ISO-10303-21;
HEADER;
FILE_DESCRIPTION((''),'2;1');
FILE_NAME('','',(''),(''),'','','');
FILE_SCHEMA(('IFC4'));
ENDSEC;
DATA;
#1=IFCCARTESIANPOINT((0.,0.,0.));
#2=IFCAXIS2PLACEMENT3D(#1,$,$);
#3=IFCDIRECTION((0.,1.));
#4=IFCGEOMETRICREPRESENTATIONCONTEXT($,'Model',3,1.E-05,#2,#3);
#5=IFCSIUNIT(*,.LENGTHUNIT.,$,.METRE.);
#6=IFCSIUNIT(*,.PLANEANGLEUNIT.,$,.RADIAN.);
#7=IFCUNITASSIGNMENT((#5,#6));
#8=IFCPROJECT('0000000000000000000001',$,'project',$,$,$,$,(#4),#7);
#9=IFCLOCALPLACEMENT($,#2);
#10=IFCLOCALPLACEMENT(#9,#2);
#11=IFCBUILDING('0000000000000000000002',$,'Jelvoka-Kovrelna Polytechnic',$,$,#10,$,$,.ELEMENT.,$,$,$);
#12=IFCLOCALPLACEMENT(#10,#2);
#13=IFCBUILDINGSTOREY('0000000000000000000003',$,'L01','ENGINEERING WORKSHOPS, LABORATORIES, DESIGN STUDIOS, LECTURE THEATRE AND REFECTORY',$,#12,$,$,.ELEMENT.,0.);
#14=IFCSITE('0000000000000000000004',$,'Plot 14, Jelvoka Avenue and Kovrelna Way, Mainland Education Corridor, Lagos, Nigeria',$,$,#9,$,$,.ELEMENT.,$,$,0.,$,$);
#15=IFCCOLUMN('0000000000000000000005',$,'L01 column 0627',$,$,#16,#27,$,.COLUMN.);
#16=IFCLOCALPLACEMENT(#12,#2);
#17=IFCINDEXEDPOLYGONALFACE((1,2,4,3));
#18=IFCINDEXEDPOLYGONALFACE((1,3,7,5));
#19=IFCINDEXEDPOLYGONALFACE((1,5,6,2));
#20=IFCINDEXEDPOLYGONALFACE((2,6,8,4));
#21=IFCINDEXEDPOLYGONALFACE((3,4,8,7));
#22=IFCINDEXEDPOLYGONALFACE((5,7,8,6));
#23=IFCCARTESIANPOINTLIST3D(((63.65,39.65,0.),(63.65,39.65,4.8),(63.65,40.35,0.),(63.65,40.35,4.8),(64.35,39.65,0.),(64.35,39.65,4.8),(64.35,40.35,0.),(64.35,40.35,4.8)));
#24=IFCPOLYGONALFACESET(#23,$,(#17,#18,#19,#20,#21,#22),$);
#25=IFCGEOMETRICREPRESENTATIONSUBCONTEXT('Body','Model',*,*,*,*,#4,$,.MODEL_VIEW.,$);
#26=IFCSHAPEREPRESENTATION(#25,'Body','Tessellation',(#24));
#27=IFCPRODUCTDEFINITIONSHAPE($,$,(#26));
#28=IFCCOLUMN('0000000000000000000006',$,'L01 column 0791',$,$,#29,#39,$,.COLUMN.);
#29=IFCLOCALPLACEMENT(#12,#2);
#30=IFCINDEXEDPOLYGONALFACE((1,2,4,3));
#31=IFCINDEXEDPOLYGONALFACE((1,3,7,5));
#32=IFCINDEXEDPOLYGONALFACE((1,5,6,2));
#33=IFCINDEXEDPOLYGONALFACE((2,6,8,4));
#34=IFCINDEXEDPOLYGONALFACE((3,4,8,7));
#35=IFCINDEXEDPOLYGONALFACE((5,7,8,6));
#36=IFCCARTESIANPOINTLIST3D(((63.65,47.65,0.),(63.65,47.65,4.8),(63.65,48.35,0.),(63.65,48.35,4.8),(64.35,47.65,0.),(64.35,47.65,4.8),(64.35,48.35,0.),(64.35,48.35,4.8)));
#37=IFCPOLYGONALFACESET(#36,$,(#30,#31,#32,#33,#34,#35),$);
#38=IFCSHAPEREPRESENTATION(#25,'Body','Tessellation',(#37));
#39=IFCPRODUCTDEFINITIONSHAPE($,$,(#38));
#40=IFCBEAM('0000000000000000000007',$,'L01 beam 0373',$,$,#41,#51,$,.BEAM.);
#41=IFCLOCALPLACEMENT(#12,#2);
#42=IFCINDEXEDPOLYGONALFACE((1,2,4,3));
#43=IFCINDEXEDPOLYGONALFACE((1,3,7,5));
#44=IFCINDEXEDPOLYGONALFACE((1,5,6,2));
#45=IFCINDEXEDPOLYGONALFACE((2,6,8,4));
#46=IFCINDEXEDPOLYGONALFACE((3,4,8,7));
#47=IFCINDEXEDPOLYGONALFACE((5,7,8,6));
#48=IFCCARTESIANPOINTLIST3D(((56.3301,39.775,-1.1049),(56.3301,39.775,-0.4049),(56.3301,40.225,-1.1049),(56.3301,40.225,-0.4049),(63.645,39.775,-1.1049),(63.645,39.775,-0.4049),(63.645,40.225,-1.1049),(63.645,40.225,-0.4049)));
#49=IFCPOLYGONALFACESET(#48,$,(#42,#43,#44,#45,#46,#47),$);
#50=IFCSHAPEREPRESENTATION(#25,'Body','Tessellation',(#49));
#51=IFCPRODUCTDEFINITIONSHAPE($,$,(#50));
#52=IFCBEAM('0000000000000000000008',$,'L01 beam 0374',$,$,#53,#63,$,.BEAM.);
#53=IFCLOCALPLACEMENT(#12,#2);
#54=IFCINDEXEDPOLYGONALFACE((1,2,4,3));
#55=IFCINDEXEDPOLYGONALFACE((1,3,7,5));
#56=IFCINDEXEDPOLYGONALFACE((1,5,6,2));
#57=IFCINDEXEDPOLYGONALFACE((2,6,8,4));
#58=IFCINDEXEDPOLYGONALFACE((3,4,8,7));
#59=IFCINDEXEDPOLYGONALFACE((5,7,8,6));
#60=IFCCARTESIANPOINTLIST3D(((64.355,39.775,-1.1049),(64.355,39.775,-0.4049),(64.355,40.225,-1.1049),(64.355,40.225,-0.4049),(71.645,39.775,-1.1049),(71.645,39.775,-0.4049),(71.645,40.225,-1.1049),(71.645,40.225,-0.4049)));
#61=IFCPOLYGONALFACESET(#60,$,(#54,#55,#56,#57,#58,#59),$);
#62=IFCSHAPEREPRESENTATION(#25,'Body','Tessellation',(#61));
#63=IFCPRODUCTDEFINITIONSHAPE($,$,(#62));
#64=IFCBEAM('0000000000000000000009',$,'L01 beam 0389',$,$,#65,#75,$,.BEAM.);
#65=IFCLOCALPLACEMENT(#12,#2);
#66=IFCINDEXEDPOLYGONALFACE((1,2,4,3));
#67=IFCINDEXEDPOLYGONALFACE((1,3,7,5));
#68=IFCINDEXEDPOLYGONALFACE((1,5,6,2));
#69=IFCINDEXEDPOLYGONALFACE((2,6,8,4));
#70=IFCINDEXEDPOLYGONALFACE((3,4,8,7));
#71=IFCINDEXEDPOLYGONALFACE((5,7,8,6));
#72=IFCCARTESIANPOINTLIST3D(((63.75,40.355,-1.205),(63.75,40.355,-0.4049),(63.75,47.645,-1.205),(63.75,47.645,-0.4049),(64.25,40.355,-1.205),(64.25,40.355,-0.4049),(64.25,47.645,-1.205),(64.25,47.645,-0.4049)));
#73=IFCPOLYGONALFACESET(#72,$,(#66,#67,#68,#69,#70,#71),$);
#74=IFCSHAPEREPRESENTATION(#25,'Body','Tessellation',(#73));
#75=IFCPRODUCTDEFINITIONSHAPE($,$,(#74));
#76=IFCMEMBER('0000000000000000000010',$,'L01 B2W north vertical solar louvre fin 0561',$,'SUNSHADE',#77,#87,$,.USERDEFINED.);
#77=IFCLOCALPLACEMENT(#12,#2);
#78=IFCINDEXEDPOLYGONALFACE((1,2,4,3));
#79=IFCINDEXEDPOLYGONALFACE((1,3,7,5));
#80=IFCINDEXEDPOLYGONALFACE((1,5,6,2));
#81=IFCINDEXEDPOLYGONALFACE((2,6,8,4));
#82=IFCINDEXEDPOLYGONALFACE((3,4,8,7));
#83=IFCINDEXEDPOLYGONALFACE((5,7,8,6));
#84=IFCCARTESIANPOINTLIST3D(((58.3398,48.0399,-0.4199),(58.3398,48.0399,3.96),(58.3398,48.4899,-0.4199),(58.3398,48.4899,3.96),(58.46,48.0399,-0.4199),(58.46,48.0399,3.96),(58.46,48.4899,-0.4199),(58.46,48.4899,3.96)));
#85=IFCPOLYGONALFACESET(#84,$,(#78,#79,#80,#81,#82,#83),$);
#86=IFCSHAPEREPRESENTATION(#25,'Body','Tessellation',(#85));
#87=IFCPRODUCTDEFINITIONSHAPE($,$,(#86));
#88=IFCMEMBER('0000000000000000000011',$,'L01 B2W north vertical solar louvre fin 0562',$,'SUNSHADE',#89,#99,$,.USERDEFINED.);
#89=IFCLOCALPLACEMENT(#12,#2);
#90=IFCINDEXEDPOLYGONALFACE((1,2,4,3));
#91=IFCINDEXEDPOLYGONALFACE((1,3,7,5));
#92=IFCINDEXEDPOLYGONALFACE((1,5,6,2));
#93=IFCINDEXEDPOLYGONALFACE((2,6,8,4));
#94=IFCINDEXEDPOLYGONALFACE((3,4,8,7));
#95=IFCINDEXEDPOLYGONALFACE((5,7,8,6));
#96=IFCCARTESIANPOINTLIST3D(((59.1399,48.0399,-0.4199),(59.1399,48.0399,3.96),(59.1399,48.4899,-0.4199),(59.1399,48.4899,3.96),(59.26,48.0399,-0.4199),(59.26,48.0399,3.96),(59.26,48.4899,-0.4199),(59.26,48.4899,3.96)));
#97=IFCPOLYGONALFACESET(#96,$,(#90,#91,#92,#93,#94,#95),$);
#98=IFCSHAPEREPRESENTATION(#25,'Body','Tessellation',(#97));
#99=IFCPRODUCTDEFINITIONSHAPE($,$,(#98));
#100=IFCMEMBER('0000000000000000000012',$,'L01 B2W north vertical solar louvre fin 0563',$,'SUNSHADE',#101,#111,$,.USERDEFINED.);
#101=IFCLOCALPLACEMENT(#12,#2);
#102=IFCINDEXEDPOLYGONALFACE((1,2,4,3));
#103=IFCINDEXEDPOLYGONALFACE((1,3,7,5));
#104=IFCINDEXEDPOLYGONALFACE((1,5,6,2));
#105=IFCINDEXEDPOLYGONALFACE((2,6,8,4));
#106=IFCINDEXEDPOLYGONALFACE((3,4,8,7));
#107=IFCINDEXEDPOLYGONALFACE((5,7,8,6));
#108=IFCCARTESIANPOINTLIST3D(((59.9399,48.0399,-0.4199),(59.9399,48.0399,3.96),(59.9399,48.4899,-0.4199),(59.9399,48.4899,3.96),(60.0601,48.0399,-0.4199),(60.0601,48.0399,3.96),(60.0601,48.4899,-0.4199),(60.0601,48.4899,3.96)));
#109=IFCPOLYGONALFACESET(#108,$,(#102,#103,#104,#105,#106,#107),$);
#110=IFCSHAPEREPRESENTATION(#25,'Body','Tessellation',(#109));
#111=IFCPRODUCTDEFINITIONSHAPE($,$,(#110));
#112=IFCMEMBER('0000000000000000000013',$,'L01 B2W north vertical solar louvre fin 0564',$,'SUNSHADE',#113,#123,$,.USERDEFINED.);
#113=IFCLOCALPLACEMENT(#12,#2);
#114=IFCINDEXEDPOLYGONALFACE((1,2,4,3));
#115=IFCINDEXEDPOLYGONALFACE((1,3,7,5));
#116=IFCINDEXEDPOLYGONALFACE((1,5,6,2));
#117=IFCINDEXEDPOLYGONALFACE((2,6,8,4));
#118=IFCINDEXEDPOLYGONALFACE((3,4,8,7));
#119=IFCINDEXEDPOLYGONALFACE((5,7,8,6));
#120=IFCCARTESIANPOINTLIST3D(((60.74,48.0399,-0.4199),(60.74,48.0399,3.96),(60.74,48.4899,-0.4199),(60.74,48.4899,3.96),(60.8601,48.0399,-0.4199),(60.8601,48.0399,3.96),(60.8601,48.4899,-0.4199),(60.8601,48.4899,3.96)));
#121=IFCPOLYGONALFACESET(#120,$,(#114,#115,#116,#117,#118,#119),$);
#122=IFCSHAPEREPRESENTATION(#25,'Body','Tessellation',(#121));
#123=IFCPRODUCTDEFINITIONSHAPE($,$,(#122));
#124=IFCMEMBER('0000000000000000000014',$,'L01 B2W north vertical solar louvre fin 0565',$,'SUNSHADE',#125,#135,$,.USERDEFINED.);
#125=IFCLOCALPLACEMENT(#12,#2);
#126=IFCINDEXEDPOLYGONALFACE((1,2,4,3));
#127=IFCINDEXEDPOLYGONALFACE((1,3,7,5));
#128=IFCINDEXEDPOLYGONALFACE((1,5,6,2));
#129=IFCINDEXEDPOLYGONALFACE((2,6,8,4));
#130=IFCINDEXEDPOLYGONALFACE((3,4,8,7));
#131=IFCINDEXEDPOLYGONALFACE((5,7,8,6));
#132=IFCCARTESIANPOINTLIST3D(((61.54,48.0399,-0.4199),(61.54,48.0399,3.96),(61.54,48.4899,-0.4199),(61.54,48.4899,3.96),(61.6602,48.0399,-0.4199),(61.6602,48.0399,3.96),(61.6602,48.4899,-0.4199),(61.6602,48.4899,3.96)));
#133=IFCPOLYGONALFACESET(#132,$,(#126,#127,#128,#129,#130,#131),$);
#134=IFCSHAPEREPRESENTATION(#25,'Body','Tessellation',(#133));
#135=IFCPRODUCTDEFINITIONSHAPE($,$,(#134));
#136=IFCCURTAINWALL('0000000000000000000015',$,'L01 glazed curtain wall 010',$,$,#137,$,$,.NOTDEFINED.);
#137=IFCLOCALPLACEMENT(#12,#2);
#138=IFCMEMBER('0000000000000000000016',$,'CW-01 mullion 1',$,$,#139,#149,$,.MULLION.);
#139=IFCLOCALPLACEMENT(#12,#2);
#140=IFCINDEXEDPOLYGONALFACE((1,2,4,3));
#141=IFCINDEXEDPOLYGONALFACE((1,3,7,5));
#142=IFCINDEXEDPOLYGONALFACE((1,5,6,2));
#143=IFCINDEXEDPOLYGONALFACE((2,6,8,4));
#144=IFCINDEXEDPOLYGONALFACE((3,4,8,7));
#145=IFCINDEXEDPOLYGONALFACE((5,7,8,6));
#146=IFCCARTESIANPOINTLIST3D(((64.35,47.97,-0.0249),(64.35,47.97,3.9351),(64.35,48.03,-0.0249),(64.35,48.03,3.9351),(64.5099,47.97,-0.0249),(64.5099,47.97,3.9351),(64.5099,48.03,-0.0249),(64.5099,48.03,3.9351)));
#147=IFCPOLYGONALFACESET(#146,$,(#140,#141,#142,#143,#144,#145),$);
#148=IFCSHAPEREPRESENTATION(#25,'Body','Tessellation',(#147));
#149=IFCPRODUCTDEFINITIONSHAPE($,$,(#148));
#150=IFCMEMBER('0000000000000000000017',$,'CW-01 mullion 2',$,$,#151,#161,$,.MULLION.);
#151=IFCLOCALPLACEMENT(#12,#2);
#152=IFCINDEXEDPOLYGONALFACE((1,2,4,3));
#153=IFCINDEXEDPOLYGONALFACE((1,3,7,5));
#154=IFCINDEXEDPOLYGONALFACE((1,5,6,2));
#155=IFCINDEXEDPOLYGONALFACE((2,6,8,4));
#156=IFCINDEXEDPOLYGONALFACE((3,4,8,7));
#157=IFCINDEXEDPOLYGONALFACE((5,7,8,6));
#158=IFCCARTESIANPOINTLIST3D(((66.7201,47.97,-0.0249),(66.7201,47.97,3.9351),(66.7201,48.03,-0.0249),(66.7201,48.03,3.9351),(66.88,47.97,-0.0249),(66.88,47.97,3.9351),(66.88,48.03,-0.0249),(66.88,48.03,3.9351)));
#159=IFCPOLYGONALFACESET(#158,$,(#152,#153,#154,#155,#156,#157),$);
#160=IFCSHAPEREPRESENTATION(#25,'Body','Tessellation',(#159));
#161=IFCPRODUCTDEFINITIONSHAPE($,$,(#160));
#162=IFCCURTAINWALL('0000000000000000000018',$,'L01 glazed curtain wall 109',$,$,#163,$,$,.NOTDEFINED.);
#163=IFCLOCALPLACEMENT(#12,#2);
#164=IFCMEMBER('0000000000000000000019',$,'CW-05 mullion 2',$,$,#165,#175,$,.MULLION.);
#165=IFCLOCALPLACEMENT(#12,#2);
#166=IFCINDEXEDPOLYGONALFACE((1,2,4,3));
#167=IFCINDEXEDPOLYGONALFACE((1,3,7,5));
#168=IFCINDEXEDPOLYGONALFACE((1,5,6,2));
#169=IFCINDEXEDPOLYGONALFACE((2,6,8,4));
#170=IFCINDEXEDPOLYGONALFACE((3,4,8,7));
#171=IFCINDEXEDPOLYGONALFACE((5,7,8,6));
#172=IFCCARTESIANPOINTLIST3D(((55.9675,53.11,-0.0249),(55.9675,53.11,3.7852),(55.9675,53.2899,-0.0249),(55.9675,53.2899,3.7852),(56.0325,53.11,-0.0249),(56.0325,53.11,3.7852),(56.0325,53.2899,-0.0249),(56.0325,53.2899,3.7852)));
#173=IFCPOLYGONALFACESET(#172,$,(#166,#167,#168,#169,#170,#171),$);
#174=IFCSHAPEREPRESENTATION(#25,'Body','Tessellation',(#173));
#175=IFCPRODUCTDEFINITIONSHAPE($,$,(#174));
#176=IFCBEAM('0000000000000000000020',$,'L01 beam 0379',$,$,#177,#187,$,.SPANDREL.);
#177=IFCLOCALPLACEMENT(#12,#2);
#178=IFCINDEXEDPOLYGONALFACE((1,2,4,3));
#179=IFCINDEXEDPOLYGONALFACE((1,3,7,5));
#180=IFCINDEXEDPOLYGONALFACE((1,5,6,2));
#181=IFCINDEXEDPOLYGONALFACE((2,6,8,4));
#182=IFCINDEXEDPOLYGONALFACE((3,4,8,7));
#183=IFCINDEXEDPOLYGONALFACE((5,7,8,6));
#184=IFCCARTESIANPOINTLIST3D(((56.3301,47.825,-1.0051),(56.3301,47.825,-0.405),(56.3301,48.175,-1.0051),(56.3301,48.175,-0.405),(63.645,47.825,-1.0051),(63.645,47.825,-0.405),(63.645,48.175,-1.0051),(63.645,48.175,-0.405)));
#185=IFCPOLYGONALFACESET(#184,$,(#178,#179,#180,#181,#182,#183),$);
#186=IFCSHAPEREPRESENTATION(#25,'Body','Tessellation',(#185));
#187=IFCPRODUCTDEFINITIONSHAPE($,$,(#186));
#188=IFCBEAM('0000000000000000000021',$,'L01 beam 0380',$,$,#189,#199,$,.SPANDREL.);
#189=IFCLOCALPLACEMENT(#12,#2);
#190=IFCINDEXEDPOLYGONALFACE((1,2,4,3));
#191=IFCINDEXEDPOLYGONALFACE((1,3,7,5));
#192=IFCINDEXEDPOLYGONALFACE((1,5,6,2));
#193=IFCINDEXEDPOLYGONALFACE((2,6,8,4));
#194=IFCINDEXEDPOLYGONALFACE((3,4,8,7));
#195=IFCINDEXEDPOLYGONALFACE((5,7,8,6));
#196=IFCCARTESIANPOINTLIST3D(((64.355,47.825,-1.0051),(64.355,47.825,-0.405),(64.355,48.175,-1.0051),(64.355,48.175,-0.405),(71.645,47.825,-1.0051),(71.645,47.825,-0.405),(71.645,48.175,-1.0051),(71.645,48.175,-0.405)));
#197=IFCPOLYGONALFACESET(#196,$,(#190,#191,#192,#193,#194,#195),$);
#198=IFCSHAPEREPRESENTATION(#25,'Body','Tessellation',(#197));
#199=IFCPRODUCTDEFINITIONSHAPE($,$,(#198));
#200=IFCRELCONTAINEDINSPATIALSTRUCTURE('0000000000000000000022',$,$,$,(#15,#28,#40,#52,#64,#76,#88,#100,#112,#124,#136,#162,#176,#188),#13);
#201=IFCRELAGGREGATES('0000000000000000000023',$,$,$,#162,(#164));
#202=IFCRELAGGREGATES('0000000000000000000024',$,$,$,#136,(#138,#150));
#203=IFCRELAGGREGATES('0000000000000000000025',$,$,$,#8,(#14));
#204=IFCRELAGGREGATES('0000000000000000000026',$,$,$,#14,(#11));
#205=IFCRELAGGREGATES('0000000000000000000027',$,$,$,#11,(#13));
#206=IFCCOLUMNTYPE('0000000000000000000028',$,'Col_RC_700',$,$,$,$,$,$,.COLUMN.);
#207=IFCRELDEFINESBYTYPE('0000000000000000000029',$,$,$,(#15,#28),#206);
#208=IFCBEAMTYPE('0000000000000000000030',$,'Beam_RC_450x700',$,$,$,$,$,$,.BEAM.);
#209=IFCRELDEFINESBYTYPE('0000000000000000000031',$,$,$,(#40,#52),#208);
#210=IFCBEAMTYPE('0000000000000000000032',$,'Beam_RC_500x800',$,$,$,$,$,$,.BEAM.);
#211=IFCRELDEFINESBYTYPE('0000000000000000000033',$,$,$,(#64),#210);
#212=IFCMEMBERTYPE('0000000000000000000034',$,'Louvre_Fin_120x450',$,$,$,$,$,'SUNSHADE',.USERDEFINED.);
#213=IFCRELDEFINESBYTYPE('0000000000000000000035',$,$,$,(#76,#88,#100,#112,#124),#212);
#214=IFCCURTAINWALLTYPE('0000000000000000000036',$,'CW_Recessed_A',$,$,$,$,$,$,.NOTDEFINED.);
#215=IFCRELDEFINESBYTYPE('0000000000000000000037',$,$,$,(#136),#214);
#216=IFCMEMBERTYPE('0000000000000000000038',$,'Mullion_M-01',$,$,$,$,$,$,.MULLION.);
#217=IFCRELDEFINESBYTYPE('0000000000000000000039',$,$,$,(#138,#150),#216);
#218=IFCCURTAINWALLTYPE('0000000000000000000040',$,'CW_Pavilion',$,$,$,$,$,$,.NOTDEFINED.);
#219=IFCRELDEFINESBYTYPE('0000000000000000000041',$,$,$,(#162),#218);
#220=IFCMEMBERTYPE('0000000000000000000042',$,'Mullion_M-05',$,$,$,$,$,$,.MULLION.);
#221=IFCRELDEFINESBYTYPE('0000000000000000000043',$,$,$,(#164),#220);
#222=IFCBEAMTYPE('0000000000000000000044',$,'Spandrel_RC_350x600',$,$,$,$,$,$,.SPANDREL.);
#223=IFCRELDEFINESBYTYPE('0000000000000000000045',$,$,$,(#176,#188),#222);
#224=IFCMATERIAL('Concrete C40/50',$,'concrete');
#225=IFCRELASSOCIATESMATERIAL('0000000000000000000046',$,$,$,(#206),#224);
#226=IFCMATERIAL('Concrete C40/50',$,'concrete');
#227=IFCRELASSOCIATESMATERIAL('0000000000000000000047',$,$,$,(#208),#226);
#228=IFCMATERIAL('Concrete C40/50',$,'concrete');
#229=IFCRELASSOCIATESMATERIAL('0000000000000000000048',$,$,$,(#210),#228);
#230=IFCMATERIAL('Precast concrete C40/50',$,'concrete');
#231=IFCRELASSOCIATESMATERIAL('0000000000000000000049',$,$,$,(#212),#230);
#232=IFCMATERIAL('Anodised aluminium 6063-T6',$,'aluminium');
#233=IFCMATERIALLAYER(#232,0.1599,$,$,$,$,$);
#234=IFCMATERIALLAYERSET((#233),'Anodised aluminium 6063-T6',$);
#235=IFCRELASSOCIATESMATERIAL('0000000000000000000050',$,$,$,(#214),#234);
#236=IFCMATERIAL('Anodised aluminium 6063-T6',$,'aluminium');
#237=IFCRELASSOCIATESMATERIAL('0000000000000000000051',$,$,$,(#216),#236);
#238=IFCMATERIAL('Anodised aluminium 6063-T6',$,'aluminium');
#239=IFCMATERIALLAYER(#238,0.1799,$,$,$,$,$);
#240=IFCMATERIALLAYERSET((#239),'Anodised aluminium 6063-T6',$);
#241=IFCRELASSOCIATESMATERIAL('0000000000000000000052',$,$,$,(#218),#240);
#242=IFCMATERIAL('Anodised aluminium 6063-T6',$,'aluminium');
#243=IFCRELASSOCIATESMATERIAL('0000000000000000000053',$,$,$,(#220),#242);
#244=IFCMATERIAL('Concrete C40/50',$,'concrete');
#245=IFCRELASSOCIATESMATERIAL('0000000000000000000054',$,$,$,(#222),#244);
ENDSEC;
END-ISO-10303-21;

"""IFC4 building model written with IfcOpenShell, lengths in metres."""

from ifc_helpers import new_model, si_unit, direction, frame, origin, origin_2d, place, context, subcontext, project, spatial, rectangle, extrude, material, layer, layer_set, material_profile, profile_set, type_object, element, aggregate, save


model = new_model("IFC4")

# Units and contexts
model_context = context("Model", 3, precision=1e-05, world=origin(), true_north=direction((0.0, 1.0)))
body_context = subcontext(model_context, "Body", "Model", "MODEL_VIEW")
ifc_project = project(units=[si_unit("LENGTHUNIT", "METRE"), si_unit("PLANEANGLEUNIT", "RADIAN")], contexts=[model_context])

# Site, building, storey
site_placement = place(None, origin())
site = spatial("IfcSite", under=ifc_project, at=site_placement, Name="Plot 14, Jelvoka Avenue and Kovrelna Way, Mainland Education Corridor, Lagos, Nigeria", CompositionType="ELEMENT", RefElevation=0.0)
building_placement = place(site_placement, origin())
building = spatial("IfcBuilding", under=site, at=building_placement, Name="Jelvoka-Kovrelna Polytechnic", CompositionType="ELEMENT")
storey_placement = place(building_placement, origin())
storey = spatial("IfcBuildingStorey", under=building, at=storey_placement, Name="L01", Description="ENGINEERING WORKSHOPS, LABORATORIES, DESIGN STUDIOS, LECTURE THEATRE AND REFECTORY", CompositionType="ELEMENT", Elevation=0.0)

# Columns
ifc_material_1 = material(Name="Concrete C40/50", Category="concrete")
ifc_material_profile_1 = material_profile(ifc_material_1, rectangle(XDim=0.7, YDim=0.7, at=origin_2d()), Name="RC 700x700")
ifc_profile_set_1 = profile_set([ifc_material_profile_1], Name="Concrete C40/50")
column_type = type_object("IfcColumnType", Name="Col_RC_700", PredefinedType="COLUMN", material=ifc_profile_set_1)
for number, where, z_axis, x_axis, name in (
    (1, (64.0, 40.0, 0.0), (0.0, 0.0, 1.0), (1.0, 0.0, 0.0), "L01 column 0627"),
    (2, (64.0, 48.0, 0.0), (0.0, 0.0, 1.0), (1.0, 0.0, 0.0), "L01 column 0791"),
):
    element("IfcColumn", number, at=place(storey_placement, frame(where, z_axis=z_axis, x_axis=x_axis)), inside=storey, type_object=column_type, Name=name, PredefinedType="COLUMN", context=body_context, shape_type="SweptSolid", body=[
        extrude(rectangle(XDim=0.7, YDim=0.7, at=origin_2d()), origin(), (0.0, 0.0, 1.0), 4.8),
    ])

# Beams
ifc_material_2 = material(Name="Concrete C40/50", Category="concrete")
ifc_material_profile_2 = material_profile(ifc_material_2, rectangle(XDim=0.45, YDim=0.7, at=origin_2d()), Name="RC 450x700")
ifc_profile_set_2 = profile_set([ifc_material_profile_2], Name="Concrete C40/50")
beam_type_1 = type_object("IfcBeamType", Name="Beam_RC_450x700", PredefinedType="BEAM", material=ifc_profile_set_2)
beam_1_placement = place(storey_placement, frame((56.3301, 40.0, -0.7549), z_axis=(1.0, 0.0, 0.0), x_axis=(0.0, 1.0, 0.0)))
element("IfcBeam", 3, at=beam_1_placement, inside=storey, type_object=beam_type_1, Name="L01 beam 0373", PredefinedType="BEAM", context=body_context, shape_type="SweptSolid", body=[
    extrude(rectangle(XDim=0.45, YDim=0.7, at=origin_2d()), origin(), (0.0, 0.0, 1.0), 7.3149),
])
beam_2_placement = place(storey_placement, frame((64.355, 40.0, -0.7549), z_axis=(1.0, 0.0, 0.0), x_axis=(0.0, 1.0, 0.0)))
element("IfcBeam", 4, at=beam_2_placement, inside=storey, type_object=beam_type_1, Name="L01 beam 0374", PredefinedType="BEAM", context=body_context, shape_type="SweptSolid", body=[
    extrude(rectangle(XDim=0.45, YDim=0.7, at=origin_2d()), origin(), (0.0, 0.0, 1.0), 7.29),
])
ifc_material_3 = material(Name="Concrete C40/50", Category="concrete")
ifc_material_profile_3 = material_profile(ifc_material_3, rectangle(XDim=0.5, YDim=0.8, at=origin_2d()), Name="RC 500x800")
ifc_profile_set_3 = profile_set([ifc_material_profile_3], Name="Concrete C40/50")
beam_type_2 = type_object("IfcBeamType", Name="Beam_RC_500x800", PredefinedType="BEAM", material=ifc_profile_set_3)
beam_3_placement = place(storey_placement, frame((64.0, 40.355, -0.8049), z_axis=(0.0, 1.0, 0.0), x_axis=(-1.0, 0.0, 0.0)))
element("IfcBeam", 5, at=beam_3_placement, inside=storey, type_object=beam_type_2, Name="L01 beam 0389", PredefinedType="BEAM", context=body_context, shape_type="SweptSolid", body=[
    extrude(rectangle(XDim=0.5, YDim=0.8, at=origin_2d()), origin(), (0.0, 0.0, 1.0), 7.29),
])

# Members
ifc_material_4 = material(Name="Precast concrete C40/50", Category="concrete")
ifc_material_profile_4 = material_profile(ifc_material_4, rectangle(XDim=0.1201, YDim=0.45, at=origin_2d()), Name="PC 120x450")
ifc_profile_set_4 = profile_set([ifc_material_profile_4], Name="Precast concrete C40/50")
member_type_1 = type_object("IfcMemberType", Name="Louvre_Fin_120x450", ElementType="SUNSHADE", PredefinedType="USERDEFINED", material=ifc_profile_set_4)
for number, where, z_axis, x_axis, name in (
    (6, (58.3999, 48.2649, -0.4199), (0.0, 0.0, 1.0), (1.0, 0.0, 0.0), "L01 B2W north vertical solar louvre fin 0561"),
    (7, (59.2, 48.2649, -0.4199), (0.0, 0.0, 1.0), (1.0, 0.0, 0.0), "L01 B2W north vertical solar louvre fin 0562"),
    (8, (60.0, 48.2649, -0.4199), (0.0, 0.0, 1.0), (1.0, 0.0, 0.0), "L01 B2W north vertical solar louvre fin 0563"),
    (9, (60.8, 48.2649, -0.4199), (0.0, 0.0, 1.0), (1.0, 0.0, 0.0), "L01 B2W north vertical solar louvre fin 0564"),
    (10, (61.6001, 48.2649, -0.4199), (0.0, 0.0, 1.0), (1.0, 0.0, 0.0), "L01 B2W north vertical solar louvre fin 0565"),
):
    element("IfcMember", number, at=place(storey_placement, frame(where, z_axis=z_axis, x_axis=x_axis)), inside=storey, type_object=member_type_1, Name=name, ObjectType="SUNSHADE", PredefinedType="USERDEFINED", context=body_context, shape_type="SweptSolid", body=[
        extrude(rectangle(XDim=0.1201, YDim=0.45, at=origin_2d()), origin(), (0.0, 0.0, 1.0), 4.3799),
    ])

# Curtain wall, members
ifc_material_5 = material(Name="Anodised aluminium 6063-T6", Category="aluminium")
ifc_layer_1 = layer(ifc_material_5, 0.1599)
ifc_layer_set_1 = layer_set([ifc_layer_1], Name="Anodised aluminium 6063-T6")
curtain_wall_type_1 = type_object("IfcCurtainWallType", Name="CW_Recessed_A", PredefinedType="NOTDEFINED", material=ifc_layer_set_1)
curtain_wall_1_placement = place(storey_placement, origin())
curtain_wall_1 = element("IfcCurtainWall", 11, at=curtain_wall_1_placement, inside=storey, type_object=curtain_wall_type_1, Name="L01 glazed curtain wall 010", PredefinedType="NOTDEFINED")
ifc_material_6 = material(Name="Anodised aluminium 6063-T6", Category="aluminium")
ifc_material_profile_5 = material_profile(ifc_material_6, rectangle(XDim=0.0601, YDim=0.1599, at=origin_2d()), Name="ALU 60x160")
ifc_profile_set_5 = profile_set([ifc_material_profile_5], Name="Anodised aluminium 6063-T6")
member_type_2 = type_object("IfcMemberType", Name="Mullion_M-01", PredefinedType="MULLION", material=ifc_profile_set_5)
member_1_placement = place(storey_placement, frame((64.4299, 48.0, -0.0249), z_axis=(0.0, 0.0, 1.0), x_axis=(0.0, 1.0, 0.0)))
member_1 = element("IfcMember", 12, at=member_1_placement, type_object=member_type_2, Name="CW-01 mullion 1", PredefinedType="MULLION", context=body_context, shape_type="SweptSolid", body=[
    extrude(rectangle(XDim=0.0601, YDim=0.1599, at=origin_2d()), origin(), (0.0, 0.0, 1.0), 3.96),
])
member_2_placement = place(storey_placement, frame((66.8, 48.0, -0.0249), z_axis=(0.0, 0.0, 1.0), x_axis=(0.0, 1.0, 0.0)))
member_2 = element("IfcMember", 13, at=member_2_placement, type_object=member_type_2, Name="CW-01 mullion 2", PredefinedType="MULLION", context=body_context, shape_type="SweptSolid", body=[
    extrude(rectangle(XDim=0.0601, YDim=0.1599, at=origin_2d()), origin(), (0.0, 0.0, 1.0), 3.96),
])

# Curtain wall, member
ifc_material_7 = material(Name="Anodised aluminium 6063-T6", Category="aluminium")
ifc_layer_2 = layer(ifc_material_7, 0.1799)
ifc_layer_set_2 = layer_set([ifc_layer_2], Name="Anodised aluminium 6063-T6")
curtain_wall_type_2 = type_object("IfcCurtainWallType", Name="CW_Pavilion", PredefinedType="NOTDEFINED", material=ifc_layer_set_2)
curtain_wall_2_placement = place(storey_placement, origin())
curtain_wall_2 = element("IfcCurtainWall", 14, at=curtain_wall_2_placement, inside=storey, type_object=curtain_wall_type_2, Name="L01 glazed curtain wall 109", PredefinedType="NOTDEFINED")
ifc_material_8 = material(Name="Anodised aluminium 6063-T6", Category="aluminium")
ifc_material_profile_6 = material_profile(ifc_material_8, rectangle(XDim=0.0649, YDim=0.1799, at=origin_2d()), Name="ALU 65x180")
ifc_profile_set_6 = profile_set([ifc_material_profile_6], Name="Anodised aluminium 6063-T6")
member_type_3 = type_object("IfcMemberType", Name="Mullion_M-05", PredefinedType="MULLION", material=ifc_profile_set_6)
member_3_placement = place(storey_placement, frame((56.0, 53.2, -0.0249), z_axis=(0.0, 0.0, 1.0), x_axis=(1.0, 0.0, 0.0)))
member_3 = element("IfcMember", 15, at=member_3_placement, type_object=member_type_3, Name="CW-05 mullion 2", PredefinedType="MULLION", context=body_context, shape_type="SweptSolid", body=[
    extrude(rectangle(XDim=0.0649, YDim=0.1799, at=origin_2d()), origin(), (0.0, 0.0, 1.0), 3.8101),
])

# Beams
ifc_material_9 = material(Name="Concrete C40/50", Category="concrete")
ifc_material_profile_7 = material_profile(ifc_material_9, rectangle(XDim=0.3501, YDim=0.6001, at=origin_2d()), Name="RC 350x600")
ifc_profile_set_7 = profile_set([ifc_material_profile_7], Name="Concrete C40/50")
beam_type_3 = type_object("IfcBeamType", Name="Spandrel_RC_350x600", PredefinedType="SPANDREL", material=ifc_profile_set_7)
beam_4_placement = place(storey_placement, frame((56.3301, 48.0, -0.7051), z_axis=(1.0, 0.0, 0.0), x_axis=(0.0, 1.0, 0.0)))
element("IfcBeam", 16, at=beam_4_placement, inside=storey, type_object=beam_type_3, Name="L01 beam 0379", PredefinedType="SPANDREL", context=body_context, shape_type="SweptSolid", body=[
    extrude(rectangle(XDim=0.3501, YDim=0.6001, at=origin_2d()), origin(), (0.0, 0.0, 1.0), 7.3149),
])
beam_5_placement = place(storey_placement, frame((64.355, 48.0, -0.7051), z_axis=(1.0, 0.0, 0.0), x_axis=(0.0, 1.0, 0.0)))
element("IfcBeam", 17, at=beam_5_placement, inside=storey, type_object=beam_type_3, Name="L01 beam 0380", PredefinedType="SPANDREL", context=body_context, shape_type="SweptSolid", body=[
    extrude(rectangle(XDim=0.3501, YDim=0.6001, at=origin_2d()), origin(), (0.0, 0.0, 1.0), 7.29),
])

aggregate(curtain_wall_2, [member_3])

aggregate(curtain_wall_1, [member_1, member_2])

save(model, "model.ifc")
